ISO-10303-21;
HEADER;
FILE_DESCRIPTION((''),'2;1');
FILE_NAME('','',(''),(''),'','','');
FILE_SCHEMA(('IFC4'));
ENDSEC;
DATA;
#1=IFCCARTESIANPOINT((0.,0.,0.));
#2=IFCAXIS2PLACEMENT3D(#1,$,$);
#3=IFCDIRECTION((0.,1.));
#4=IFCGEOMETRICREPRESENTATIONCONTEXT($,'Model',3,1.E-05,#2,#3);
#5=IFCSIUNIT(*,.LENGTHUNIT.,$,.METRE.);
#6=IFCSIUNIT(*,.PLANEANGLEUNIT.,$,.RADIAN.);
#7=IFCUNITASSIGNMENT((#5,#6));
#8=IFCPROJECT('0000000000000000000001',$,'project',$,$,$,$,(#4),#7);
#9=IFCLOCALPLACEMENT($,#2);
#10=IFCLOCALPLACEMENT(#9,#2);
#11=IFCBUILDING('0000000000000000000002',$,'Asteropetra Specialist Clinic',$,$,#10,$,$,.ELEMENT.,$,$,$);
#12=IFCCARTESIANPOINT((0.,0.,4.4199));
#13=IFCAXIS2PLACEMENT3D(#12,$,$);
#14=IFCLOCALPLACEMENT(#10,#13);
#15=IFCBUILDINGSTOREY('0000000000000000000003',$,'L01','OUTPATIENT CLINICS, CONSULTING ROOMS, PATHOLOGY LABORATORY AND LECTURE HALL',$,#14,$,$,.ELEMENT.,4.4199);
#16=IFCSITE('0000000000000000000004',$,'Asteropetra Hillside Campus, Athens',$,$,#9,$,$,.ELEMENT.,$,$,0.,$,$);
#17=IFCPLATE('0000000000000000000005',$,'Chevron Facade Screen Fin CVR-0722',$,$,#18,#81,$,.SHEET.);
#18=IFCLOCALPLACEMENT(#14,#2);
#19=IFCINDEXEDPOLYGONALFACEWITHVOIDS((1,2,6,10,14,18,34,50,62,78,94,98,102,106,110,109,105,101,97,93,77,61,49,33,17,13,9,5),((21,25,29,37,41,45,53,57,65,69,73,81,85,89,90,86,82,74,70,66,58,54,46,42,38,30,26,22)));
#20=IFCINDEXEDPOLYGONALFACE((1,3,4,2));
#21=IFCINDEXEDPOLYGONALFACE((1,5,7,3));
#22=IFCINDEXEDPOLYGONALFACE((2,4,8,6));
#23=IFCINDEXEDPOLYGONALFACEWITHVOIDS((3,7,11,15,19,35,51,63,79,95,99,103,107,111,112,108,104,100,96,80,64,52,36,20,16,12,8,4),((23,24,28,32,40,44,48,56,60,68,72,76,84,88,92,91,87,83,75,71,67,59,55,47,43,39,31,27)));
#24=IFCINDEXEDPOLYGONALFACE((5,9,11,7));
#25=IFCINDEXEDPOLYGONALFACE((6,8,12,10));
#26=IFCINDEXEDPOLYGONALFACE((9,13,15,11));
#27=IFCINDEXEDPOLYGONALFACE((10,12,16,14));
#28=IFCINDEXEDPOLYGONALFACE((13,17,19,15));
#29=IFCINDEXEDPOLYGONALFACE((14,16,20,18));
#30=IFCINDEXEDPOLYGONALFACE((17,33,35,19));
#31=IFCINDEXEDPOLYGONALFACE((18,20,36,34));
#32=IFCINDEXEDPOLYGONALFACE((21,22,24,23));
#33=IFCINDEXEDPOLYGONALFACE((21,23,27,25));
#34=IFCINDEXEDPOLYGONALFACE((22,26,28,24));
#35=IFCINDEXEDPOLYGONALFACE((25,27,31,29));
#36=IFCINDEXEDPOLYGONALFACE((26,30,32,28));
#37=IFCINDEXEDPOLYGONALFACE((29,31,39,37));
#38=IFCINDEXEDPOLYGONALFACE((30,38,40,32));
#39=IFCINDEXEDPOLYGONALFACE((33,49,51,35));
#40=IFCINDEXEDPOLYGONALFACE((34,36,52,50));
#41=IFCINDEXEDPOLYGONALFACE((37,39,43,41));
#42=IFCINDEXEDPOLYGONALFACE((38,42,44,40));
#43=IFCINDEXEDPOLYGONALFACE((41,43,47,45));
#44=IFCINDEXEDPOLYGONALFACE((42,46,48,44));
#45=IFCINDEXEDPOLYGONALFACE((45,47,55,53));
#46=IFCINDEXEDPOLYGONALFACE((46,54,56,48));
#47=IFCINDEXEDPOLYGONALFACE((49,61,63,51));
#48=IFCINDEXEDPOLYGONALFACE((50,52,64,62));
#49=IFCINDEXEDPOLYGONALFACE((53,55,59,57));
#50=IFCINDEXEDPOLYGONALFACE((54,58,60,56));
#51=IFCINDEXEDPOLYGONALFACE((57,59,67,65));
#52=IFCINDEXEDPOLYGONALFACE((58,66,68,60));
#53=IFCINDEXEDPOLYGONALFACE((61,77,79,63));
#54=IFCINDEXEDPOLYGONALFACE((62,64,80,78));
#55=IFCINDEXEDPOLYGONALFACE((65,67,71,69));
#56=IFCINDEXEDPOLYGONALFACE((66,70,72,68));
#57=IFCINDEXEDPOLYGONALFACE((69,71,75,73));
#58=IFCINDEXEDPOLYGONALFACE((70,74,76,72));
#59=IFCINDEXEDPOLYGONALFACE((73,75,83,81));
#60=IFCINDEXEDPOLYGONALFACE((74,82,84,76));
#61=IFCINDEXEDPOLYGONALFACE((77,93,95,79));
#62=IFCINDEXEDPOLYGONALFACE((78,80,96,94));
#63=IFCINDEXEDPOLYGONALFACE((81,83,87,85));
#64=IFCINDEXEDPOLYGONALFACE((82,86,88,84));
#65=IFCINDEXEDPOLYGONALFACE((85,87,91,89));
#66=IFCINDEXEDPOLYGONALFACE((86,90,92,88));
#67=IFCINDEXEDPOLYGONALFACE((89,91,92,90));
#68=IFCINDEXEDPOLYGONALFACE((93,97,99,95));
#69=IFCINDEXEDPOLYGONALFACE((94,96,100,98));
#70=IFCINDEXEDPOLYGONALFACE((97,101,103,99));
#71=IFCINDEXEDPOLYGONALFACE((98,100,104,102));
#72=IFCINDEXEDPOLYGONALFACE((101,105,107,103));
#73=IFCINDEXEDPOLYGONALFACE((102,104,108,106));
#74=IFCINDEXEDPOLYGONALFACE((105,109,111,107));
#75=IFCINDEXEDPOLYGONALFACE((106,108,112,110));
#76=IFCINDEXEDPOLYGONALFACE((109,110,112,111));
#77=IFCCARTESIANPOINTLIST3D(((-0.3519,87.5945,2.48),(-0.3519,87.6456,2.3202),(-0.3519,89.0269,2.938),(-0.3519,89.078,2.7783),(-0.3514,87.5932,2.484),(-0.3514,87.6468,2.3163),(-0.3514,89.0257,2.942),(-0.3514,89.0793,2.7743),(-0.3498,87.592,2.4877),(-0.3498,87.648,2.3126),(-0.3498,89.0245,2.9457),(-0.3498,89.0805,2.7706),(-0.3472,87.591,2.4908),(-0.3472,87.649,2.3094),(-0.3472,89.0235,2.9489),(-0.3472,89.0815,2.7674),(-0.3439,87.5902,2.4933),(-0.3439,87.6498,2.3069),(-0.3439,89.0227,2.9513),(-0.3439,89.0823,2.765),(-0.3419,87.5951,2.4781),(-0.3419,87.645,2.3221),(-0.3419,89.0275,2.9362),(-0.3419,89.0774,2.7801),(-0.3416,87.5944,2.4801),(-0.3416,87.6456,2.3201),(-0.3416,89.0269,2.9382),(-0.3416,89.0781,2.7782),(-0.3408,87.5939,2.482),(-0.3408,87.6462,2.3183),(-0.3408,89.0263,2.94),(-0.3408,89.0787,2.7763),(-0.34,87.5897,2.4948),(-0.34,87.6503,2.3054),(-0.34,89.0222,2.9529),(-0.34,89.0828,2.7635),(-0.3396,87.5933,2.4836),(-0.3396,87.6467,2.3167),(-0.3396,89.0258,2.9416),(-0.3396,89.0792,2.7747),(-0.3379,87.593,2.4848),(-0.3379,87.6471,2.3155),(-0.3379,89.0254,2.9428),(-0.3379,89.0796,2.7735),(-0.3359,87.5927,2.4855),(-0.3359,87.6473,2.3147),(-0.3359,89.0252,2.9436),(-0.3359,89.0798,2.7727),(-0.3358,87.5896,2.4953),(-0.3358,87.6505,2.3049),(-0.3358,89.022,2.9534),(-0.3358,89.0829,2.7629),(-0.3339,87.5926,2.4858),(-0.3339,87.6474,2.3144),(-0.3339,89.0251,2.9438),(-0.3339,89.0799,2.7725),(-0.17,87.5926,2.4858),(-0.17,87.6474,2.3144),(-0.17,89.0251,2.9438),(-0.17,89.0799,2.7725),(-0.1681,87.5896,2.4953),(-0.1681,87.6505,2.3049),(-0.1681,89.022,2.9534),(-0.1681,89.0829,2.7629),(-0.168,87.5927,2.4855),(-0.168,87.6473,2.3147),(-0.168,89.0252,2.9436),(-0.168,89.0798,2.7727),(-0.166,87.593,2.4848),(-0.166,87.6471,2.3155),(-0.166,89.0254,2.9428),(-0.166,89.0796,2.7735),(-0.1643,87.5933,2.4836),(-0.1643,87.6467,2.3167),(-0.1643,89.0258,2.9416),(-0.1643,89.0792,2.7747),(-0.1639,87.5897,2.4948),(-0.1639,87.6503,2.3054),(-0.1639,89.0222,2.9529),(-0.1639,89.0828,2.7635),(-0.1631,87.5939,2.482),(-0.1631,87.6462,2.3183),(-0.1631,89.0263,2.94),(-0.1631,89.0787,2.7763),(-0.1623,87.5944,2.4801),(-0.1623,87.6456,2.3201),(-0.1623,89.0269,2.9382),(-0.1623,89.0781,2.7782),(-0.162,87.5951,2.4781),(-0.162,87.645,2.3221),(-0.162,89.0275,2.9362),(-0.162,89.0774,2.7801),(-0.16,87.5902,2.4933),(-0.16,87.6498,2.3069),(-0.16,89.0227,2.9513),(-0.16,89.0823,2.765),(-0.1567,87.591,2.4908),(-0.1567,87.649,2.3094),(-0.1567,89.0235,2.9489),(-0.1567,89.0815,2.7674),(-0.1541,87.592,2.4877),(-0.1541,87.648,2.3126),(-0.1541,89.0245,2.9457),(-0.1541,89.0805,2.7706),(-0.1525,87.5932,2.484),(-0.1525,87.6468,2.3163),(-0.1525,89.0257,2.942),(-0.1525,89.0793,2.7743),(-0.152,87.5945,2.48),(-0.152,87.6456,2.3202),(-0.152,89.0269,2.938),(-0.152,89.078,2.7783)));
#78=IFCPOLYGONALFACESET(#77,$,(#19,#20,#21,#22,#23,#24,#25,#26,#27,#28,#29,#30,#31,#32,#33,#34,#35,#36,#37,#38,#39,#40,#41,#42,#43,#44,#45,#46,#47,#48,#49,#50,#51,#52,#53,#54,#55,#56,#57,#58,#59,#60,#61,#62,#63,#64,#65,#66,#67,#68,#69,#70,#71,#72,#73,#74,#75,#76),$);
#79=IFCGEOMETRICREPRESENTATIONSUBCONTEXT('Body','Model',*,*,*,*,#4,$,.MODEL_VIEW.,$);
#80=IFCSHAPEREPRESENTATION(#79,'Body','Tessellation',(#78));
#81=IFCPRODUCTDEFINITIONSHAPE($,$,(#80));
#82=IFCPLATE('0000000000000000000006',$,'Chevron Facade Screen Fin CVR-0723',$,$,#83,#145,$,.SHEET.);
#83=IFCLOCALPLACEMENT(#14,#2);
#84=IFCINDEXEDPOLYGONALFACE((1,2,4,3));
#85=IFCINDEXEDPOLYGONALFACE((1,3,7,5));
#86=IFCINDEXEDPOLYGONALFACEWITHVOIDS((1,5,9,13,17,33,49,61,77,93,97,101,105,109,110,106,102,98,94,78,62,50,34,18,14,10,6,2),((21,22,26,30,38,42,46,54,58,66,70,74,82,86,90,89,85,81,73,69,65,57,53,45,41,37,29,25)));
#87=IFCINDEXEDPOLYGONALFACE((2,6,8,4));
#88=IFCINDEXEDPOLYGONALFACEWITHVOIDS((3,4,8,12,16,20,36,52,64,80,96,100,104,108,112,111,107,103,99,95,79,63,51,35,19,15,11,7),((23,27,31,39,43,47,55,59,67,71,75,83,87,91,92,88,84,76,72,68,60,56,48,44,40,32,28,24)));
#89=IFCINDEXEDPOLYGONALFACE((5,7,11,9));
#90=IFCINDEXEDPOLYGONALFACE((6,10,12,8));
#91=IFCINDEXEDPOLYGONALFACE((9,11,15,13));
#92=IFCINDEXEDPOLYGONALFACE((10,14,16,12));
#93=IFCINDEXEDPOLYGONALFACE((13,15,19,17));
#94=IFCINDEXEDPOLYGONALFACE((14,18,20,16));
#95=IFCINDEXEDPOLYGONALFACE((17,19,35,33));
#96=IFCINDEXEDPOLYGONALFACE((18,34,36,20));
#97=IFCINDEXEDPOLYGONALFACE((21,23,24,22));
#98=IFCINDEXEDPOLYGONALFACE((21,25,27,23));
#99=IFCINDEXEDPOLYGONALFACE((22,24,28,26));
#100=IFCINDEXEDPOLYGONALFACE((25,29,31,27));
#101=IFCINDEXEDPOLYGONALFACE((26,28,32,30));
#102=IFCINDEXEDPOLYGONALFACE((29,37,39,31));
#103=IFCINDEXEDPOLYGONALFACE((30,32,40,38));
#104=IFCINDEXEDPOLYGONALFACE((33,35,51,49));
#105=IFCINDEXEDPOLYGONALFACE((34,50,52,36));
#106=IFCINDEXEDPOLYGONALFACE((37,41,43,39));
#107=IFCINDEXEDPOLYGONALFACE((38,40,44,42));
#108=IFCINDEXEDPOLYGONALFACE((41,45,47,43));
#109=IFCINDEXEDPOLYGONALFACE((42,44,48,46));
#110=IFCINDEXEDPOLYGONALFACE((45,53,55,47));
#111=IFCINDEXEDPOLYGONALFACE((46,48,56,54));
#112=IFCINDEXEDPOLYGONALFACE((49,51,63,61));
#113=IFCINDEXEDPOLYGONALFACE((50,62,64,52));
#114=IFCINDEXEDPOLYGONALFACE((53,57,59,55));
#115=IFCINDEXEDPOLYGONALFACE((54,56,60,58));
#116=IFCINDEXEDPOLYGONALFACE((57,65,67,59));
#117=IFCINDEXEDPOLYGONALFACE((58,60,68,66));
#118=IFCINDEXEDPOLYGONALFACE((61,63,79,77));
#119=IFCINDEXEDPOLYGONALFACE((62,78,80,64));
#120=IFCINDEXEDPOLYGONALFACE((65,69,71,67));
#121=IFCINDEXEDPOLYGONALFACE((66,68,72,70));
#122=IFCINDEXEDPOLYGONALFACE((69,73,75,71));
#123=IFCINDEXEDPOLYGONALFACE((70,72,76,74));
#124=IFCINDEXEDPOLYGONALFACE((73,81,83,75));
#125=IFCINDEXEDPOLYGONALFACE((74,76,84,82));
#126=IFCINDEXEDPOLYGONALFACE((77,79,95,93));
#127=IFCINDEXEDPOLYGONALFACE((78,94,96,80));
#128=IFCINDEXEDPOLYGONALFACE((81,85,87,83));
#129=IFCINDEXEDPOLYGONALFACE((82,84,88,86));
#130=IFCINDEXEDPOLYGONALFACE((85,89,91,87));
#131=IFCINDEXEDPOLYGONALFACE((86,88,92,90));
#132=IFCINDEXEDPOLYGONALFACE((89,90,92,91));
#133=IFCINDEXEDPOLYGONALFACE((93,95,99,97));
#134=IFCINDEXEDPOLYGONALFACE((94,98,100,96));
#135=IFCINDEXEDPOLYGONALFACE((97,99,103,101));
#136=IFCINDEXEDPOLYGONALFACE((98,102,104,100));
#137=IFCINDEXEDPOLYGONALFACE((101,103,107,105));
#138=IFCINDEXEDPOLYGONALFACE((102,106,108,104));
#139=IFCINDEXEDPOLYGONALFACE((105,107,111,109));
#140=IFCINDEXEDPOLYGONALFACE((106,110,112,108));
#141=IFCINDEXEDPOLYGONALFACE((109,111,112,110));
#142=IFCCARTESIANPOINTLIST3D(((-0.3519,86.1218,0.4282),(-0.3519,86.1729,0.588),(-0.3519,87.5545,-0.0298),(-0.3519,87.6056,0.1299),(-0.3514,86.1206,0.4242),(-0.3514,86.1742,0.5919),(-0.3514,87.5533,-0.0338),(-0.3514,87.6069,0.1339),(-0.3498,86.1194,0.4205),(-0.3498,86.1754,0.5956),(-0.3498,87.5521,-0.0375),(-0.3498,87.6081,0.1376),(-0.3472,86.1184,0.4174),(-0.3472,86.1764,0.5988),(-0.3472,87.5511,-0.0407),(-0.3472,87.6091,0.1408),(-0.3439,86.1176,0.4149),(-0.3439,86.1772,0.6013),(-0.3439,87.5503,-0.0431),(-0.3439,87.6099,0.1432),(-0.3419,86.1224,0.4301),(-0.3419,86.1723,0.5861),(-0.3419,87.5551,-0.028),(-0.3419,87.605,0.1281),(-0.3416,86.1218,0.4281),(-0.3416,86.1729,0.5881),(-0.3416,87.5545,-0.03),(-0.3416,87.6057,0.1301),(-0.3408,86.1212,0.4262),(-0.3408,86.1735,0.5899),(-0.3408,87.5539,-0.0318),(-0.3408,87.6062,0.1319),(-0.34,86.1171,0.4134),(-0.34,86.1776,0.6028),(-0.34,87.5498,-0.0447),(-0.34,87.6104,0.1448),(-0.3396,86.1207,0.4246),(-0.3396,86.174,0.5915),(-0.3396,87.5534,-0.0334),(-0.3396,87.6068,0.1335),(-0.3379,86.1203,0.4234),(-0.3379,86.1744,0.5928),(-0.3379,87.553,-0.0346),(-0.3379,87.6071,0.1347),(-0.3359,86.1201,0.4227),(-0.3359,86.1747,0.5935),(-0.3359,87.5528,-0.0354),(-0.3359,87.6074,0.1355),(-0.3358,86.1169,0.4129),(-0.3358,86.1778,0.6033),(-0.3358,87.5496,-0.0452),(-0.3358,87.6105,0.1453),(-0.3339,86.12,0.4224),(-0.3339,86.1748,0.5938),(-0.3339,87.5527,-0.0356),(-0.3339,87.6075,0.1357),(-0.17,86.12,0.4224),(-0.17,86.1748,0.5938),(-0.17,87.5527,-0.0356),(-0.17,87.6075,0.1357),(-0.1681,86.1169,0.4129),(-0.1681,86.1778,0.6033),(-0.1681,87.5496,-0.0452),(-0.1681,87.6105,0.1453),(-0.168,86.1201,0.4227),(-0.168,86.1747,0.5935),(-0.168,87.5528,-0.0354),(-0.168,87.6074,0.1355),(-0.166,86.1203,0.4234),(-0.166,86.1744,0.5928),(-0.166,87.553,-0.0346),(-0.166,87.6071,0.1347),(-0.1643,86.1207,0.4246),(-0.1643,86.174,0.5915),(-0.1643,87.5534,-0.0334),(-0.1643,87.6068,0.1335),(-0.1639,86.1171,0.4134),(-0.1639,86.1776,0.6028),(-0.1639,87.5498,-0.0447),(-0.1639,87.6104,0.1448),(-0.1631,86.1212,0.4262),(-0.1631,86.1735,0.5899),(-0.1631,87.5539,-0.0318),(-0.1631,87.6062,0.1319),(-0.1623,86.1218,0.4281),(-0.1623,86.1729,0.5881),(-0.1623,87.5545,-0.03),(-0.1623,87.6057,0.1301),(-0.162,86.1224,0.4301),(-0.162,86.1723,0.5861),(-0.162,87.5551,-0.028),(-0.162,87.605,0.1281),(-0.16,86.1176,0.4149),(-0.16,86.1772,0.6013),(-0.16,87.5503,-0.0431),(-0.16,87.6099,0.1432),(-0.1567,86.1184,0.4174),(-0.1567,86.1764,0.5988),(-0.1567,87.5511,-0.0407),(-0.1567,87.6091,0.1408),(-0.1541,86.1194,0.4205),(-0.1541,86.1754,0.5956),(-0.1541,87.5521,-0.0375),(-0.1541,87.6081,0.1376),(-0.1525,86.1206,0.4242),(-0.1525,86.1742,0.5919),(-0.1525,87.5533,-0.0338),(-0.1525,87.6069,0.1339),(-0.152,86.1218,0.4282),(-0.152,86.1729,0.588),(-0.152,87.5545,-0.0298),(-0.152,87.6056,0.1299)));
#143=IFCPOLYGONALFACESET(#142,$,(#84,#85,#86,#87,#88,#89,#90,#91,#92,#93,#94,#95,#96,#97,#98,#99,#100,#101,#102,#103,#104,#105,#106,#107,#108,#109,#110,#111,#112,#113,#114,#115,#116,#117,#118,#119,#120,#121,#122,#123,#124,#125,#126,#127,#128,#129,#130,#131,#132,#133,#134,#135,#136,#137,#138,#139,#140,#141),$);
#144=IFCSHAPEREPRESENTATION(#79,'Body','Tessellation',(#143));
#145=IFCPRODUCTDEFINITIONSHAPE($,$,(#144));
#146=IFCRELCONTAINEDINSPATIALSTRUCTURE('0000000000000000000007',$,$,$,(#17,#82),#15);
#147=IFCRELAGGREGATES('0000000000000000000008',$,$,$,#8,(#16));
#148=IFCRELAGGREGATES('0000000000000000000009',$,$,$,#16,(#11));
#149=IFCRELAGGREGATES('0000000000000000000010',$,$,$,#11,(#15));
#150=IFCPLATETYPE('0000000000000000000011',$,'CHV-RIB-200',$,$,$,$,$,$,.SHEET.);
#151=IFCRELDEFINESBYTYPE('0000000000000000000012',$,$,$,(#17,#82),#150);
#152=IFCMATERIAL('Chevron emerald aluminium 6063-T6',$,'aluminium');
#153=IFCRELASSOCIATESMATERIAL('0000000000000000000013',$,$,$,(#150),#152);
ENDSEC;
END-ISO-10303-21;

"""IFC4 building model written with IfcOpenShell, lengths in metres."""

from ifc_helpers import new_model, si_unit, direction, frame, origin, origin_2d, place, context, subcontext, project, spatial, hollow_rectangle, extrude, material, material_profile, profile_set, type_object, element, save


model = new_model("IFC4")

# Units and contexts
model_context = context("Model", 3, precision=1e-05, world=origin(), true_north=direction((0.0, 1.0)))
body_context = subcontext(model_context, "Body", "Model", "MODEL_VIEW")
ifc_project = project(units=[si_unit("LENGTHUNIT", "METRE"), si_unit("PLANEANGLEUNIT", "RADIAN")], contexts=[model_context])

# Site, building, storey
site_placement = place(None, origin())
site = spatial("IfcSite", under=ifc_project, at=site_placement, Name="Asteropetra Hillside Campus, Athens", CompositionType="ELEMENT", RefElevation=0.0)
building_placement = place(site_placement, origin())
building = spatial("IfcBuilding", under=site, at=building_placement, Name="Asteropetra Specialist Clinic", CompositionType="ELEMENT")
storey_placement = place(building_placement, frame((0.0, 0.0, 4.4199)))
storey = spatial("IfcBuildingStorey", under=building, at=storey_placement, Name="L01", Description="OUTPATIENT CLINICS, CONSULTING ROOMS, PATHOLOGY LABORATORY AND LECTURE HALL", CompositionType="ELEMENT", Elevation=4.4199)

# Plates
ifc_material_1 = material(Name="Chevron emerald aluminium 6063-T6", Category="aluminium")
ifc_material_profile = material_profile(ifc_material_1, hollow_rectangle(XDim=0.2, YDim=0.2, WallThickness=0.01, InnerFilletRadius=0.0081, OuterFilletRadius=0.0161, at=origin_2d()), Name="SHS 200x200x10.0")
ifc_profile_set = profile_set([ifc_material_profile], Name="Chevron emerald aluminium 6063-T6")
plate_type_1 = type_object("IfcPlateType", Name="CHV-RIB-200", PredefinedType="SHEET", material=ifc_profile_set)
for number, where, z_axis, x_axis, name in (
    (1, (-0.252, 89.0525, 2.8582), (0.0, -0.952492, -0.304564), (1.0, 0.0, 0.0), "Chevron Facade Screen Fin CVR-0722"),
):
    element("IfcPlate", number, at=place(storey_placement, frame(where, z_axis=z_axis, x_axis=x_axis)), inside=storey, type_object=plate_type_1, Name=name, PredefinedType="SHEET", context=body_context, shape_type="SweptSolid", body=[
        extrude(hollow_rectangle(XDim=0.2, YDim=0.2, WallThickness=0.01, InnerFilletRadius=0.0081, OuterFilletRadius=0.0161, at=origin_2d()), origin(), (0.0, 0.0, 1.0), 1.5039),
    ])
plate_1_placement = place(storey_placement, frame((-0.252, 87.5801, 0.05), z_axis=(0.0, -0.952507, 0.304517), x_axis=(1.0, 0.0, 0.0)))
element("IfcPlate", 2, at=plate_1_placement, inside=storey, type_object=plate_type_1, Name="Chevron Facade Screen Fin CVR-0723", PredefinedType="SHEET", context=body_context, shape_type="SweptSolid", body=[
    extrude(hollow_rectangle(XDim=0.2, YDim=0.2, WallThickness=0.01, InnerFilletRadius=0.0081, OuterFilletRadius=0.0161, at=origin_2d()), origin(), (0.0, 0.0, 1.0), 1.5042),
])

save(model, "model.ifc")
